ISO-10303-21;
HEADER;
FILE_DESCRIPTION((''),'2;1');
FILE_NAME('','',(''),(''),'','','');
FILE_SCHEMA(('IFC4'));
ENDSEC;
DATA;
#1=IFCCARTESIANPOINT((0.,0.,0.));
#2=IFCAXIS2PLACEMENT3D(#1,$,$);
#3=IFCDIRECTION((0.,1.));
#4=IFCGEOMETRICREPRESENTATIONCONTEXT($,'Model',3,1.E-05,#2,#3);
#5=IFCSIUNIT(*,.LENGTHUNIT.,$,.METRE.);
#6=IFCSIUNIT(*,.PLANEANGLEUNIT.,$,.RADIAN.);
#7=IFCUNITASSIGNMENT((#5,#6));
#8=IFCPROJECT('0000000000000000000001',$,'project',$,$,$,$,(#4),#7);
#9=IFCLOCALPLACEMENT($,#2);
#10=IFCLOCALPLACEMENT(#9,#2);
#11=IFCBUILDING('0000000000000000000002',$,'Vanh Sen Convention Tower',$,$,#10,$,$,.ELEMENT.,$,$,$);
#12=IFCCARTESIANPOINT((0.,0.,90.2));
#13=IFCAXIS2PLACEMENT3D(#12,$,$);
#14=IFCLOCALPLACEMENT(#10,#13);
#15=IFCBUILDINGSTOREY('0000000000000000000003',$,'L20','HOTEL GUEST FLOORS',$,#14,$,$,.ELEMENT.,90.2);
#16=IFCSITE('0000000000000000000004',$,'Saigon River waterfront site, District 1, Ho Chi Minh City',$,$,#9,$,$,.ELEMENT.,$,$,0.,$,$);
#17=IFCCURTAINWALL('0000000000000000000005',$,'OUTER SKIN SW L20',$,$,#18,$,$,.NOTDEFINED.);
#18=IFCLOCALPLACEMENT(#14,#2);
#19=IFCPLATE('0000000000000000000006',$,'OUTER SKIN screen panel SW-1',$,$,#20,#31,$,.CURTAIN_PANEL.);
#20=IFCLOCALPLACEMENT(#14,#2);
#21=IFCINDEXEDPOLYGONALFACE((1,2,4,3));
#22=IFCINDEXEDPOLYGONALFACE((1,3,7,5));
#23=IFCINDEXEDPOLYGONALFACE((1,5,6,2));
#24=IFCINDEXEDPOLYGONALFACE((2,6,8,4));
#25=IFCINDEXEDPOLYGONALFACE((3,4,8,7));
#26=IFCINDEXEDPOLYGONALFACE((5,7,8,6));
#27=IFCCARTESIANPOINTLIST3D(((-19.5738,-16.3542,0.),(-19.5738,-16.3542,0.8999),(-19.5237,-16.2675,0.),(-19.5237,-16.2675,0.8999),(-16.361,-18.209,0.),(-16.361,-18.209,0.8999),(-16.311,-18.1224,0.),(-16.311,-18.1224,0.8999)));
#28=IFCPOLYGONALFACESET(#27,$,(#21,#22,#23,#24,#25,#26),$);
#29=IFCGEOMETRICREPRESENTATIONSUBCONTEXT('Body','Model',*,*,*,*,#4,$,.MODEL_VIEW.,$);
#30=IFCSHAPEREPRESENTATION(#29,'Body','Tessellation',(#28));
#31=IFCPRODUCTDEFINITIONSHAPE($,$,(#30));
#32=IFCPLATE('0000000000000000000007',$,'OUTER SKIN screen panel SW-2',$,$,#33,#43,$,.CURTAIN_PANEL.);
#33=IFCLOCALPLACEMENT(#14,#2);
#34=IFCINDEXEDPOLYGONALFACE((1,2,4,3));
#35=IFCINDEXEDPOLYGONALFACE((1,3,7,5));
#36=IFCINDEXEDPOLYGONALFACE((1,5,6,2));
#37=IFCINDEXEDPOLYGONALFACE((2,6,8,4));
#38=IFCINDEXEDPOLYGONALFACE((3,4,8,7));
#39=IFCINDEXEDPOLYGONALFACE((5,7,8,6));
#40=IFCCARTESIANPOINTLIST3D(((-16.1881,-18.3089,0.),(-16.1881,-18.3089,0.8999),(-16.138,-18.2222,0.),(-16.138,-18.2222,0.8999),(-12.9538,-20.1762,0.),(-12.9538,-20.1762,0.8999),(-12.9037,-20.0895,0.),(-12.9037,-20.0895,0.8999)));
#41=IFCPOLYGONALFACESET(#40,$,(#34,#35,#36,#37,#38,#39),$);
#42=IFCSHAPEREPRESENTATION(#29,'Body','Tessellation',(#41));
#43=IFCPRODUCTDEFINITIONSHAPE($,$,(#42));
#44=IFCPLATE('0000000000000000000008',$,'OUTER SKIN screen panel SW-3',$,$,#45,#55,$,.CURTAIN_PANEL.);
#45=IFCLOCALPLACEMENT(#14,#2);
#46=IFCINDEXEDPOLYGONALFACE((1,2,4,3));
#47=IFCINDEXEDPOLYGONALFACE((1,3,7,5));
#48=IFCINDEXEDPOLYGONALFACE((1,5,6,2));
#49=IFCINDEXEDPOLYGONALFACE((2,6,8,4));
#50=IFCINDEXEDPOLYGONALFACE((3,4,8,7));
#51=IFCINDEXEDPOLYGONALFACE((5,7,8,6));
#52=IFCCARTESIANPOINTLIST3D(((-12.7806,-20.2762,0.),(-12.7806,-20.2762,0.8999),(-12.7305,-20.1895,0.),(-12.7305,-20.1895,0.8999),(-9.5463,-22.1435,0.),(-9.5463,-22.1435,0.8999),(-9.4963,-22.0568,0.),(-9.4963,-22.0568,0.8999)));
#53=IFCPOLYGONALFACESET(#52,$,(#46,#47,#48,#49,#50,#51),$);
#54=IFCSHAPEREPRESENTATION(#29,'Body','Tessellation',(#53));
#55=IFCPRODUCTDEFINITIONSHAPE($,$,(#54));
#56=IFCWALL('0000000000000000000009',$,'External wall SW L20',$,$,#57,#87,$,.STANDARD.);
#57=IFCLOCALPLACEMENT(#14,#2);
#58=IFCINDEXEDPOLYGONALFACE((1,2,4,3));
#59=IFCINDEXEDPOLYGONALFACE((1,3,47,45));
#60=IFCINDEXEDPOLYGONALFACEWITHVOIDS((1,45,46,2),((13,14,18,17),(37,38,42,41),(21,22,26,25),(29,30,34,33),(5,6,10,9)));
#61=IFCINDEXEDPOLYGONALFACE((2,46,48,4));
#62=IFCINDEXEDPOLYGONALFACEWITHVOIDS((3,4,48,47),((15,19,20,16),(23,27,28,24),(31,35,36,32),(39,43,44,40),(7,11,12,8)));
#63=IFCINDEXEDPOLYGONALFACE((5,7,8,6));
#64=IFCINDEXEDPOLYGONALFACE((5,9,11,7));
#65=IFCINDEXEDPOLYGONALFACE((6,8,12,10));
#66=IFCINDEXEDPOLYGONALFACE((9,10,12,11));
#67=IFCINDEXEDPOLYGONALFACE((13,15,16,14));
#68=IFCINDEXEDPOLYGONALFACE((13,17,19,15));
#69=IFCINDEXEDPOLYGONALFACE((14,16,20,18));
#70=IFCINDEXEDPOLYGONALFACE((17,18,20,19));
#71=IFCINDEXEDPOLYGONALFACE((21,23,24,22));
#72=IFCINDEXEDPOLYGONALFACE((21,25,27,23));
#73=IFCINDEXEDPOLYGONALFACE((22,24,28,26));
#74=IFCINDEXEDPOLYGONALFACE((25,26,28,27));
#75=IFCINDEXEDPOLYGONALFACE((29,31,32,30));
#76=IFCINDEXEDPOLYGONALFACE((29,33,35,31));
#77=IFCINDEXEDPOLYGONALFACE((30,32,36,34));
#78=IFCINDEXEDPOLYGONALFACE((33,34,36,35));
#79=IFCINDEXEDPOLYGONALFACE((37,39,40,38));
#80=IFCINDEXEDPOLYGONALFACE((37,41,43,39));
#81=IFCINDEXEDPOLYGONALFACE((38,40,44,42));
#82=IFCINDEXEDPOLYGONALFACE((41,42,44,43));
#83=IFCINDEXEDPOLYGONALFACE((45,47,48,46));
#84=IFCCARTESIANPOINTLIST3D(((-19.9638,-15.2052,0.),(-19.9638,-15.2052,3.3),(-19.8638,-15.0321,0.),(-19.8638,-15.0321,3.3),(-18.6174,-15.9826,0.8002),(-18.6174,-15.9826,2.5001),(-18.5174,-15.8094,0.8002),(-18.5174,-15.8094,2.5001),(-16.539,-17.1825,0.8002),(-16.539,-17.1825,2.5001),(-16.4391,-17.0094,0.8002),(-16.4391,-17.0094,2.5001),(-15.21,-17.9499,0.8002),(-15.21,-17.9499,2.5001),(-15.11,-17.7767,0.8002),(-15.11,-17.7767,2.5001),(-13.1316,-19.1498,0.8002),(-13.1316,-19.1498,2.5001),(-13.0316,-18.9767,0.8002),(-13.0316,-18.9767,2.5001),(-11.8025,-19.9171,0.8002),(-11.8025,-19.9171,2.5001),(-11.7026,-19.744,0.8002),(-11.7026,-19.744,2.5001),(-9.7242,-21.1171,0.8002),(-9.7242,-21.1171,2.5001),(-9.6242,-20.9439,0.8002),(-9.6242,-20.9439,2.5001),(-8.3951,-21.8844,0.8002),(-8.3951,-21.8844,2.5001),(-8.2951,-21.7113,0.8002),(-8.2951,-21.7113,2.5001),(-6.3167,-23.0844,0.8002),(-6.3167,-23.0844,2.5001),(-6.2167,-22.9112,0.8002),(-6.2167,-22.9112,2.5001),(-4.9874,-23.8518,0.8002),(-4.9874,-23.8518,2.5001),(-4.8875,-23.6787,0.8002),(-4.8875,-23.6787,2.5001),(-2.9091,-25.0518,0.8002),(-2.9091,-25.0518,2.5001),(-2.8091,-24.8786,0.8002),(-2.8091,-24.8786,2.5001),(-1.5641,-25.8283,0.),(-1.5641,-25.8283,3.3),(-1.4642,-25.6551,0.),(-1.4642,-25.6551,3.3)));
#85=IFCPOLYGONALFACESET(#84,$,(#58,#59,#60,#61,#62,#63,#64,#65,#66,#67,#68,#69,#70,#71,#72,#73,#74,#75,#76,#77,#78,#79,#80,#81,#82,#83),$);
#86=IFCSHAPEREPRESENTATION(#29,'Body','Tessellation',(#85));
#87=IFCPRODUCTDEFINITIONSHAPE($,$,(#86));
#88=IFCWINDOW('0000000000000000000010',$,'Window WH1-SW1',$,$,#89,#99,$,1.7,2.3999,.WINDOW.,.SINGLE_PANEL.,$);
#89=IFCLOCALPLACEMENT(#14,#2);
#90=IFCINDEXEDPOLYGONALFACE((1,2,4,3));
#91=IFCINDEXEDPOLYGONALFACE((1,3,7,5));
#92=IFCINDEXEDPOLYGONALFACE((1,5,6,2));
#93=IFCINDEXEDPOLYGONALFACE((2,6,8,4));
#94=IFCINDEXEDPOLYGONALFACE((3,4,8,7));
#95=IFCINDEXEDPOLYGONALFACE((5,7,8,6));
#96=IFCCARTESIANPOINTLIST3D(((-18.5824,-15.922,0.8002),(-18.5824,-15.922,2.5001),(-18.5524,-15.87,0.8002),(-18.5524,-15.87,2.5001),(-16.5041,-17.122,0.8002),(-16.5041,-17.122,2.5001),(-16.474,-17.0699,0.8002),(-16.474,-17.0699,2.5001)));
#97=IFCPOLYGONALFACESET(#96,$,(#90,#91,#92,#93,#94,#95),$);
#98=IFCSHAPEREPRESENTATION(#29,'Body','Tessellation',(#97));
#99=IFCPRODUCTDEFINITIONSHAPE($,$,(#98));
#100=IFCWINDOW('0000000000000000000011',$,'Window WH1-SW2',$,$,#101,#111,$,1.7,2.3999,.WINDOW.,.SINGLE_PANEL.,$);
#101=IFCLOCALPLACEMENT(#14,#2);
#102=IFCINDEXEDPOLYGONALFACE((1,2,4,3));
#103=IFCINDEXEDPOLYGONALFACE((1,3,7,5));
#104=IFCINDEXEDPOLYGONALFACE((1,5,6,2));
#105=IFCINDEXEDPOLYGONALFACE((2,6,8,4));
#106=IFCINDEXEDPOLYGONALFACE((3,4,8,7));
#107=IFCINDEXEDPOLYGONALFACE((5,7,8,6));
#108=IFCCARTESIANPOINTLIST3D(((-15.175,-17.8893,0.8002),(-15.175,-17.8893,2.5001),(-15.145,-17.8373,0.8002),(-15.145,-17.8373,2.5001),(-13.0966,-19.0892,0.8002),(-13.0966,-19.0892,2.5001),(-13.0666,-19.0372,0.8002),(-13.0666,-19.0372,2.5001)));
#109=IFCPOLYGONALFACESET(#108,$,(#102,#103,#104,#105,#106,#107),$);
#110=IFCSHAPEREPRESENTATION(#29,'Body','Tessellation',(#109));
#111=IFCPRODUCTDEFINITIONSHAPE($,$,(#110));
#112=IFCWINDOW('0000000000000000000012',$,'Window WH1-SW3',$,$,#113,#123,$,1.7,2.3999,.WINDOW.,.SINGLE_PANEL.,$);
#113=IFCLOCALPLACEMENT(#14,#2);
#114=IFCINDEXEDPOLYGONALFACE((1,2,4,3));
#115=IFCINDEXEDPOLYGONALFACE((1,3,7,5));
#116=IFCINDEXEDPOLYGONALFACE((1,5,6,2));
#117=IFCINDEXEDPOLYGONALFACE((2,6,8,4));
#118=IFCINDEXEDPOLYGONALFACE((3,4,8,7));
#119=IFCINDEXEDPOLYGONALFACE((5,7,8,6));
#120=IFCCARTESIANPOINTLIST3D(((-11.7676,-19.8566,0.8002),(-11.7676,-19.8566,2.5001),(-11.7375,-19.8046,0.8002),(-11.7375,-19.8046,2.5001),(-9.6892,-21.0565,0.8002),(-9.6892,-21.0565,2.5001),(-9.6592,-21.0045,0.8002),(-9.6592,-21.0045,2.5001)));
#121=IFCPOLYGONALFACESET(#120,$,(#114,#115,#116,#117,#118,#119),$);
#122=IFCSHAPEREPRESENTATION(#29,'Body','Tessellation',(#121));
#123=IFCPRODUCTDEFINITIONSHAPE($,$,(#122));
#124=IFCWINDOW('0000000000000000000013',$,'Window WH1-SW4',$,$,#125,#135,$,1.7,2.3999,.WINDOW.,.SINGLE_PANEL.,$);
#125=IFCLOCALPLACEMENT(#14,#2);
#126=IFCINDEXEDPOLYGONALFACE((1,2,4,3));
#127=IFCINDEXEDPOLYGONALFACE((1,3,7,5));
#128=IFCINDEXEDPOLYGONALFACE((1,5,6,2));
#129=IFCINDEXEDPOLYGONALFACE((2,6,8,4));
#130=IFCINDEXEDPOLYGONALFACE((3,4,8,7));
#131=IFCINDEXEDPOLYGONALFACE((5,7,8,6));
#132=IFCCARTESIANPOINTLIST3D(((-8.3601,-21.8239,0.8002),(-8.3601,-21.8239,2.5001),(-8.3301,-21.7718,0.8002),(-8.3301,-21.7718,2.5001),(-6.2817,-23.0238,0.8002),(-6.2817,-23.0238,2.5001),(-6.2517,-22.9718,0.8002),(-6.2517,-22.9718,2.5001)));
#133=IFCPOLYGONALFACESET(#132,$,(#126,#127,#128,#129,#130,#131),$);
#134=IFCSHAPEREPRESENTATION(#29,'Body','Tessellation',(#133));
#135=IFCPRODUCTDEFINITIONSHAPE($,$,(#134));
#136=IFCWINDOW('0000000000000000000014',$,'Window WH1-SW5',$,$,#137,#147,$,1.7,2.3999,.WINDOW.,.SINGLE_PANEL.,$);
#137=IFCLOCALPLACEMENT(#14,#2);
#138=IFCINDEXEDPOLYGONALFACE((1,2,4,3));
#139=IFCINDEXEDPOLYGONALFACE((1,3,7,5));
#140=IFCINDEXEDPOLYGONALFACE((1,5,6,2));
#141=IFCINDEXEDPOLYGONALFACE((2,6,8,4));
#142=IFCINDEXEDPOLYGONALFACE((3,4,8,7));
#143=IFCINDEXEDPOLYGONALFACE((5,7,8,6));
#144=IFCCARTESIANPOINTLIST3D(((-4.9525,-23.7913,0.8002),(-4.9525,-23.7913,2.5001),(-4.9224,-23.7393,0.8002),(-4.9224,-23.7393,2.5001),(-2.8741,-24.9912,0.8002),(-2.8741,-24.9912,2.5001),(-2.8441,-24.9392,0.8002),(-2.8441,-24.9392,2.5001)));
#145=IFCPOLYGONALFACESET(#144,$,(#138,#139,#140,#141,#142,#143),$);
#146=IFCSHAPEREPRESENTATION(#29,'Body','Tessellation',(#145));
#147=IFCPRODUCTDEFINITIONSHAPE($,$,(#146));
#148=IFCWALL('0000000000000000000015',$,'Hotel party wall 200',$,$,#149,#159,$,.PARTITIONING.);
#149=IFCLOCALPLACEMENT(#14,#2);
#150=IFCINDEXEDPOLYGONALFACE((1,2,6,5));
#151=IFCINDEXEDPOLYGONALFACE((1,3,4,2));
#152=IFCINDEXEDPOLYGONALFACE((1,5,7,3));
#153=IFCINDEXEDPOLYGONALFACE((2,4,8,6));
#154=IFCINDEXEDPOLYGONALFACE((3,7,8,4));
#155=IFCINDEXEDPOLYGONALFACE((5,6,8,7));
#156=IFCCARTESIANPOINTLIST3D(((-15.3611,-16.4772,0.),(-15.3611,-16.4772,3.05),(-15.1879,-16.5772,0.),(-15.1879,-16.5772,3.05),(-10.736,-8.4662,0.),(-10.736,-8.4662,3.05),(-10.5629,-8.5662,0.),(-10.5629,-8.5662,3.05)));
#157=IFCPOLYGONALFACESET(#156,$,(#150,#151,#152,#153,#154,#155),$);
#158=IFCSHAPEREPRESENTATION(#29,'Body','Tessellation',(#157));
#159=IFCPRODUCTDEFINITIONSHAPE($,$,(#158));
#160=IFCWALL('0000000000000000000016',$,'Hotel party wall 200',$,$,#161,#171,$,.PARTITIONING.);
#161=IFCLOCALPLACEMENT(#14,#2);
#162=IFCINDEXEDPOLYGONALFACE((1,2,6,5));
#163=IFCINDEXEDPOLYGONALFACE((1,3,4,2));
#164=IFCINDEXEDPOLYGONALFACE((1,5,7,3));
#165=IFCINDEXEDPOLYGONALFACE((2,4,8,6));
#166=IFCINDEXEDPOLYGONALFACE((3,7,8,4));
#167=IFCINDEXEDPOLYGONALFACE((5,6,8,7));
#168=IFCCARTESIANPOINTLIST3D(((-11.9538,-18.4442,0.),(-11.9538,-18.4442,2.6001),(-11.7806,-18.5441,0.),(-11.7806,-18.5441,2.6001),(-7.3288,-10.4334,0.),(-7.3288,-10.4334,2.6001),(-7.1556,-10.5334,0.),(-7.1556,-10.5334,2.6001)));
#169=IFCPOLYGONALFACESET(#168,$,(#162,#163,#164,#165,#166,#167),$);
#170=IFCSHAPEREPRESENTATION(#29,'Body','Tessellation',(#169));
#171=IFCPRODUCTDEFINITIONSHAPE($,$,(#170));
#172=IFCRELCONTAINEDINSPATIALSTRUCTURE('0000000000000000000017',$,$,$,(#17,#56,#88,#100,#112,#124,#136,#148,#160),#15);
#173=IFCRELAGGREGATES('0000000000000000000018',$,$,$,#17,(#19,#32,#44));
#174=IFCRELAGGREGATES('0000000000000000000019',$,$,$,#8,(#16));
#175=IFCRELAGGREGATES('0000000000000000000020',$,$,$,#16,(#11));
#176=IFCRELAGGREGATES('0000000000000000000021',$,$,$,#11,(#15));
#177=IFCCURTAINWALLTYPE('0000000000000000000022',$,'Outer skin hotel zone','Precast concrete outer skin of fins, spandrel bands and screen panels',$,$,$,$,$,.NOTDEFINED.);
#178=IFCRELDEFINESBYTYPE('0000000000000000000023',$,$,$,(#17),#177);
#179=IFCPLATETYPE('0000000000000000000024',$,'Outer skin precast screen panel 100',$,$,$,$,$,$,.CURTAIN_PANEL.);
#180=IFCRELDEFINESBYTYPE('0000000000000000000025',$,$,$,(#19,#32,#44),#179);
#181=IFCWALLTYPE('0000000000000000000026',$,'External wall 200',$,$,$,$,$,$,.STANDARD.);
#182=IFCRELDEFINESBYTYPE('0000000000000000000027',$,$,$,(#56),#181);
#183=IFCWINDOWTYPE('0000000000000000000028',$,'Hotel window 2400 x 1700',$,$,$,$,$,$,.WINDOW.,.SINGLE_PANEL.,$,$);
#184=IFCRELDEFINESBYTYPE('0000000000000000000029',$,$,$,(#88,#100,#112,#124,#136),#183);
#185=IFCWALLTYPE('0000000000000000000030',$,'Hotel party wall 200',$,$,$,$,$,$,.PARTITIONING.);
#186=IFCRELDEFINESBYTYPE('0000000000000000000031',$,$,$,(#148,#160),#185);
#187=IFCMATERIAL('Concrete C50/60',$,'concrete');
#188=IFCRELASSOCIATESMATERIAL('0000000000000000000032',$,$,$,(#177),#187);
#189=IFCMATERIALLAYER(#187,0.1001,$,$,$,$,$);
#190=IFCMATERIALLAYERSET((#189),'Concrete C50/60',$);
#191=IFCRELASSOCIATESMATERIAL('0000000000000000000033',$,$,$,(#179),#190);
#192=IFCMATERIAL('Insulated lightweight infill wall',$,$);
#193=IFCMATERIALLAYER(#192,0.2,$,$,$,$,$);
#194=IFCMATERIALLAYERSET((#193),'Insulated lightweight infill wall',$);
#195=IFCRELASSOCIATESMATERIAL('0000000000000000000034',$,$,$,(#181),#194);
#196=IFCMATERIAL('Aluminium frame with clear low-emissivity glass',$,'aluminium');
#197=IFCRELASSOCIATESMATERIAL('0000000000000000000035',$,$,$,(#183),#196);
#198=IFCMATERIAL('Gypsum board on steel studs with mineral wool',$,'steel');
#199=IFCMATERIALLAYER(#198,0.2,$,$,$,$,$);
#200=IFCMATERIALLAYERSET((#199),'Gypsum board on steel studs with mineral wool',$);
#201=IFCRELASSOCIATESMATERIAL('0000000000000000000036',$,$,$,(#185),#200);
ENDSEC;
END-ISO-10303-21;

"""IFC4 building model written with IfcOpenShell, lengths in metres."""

from ifc_helpers import new_model, si_unit, direction, frame, frame_2d, origin, origin_2d, place, context, subcontext, project, spatial, rectangle, extrude, material, layer, layer_set, type_object, element, fill, aggregate, save


model = new_model("IFC4")

# Units and contexts
model_context = context("Model", 3, precision=1e-05, world=origin(), true_north=direction((0.0, 1.0)))
body_context = subcontext(model_context, "Body", "Model", "MODEL_VIEW")
ifc_project = project(units=[si_unit("LENGTHUNIT", "METRE"), si_unit("PLANEANGLEUNIT", "RADIAN")], contexts=[model_context])

# Site, building, storey
site_placement = place(None, origin())
site = spatial("IfcSite", under=ifc_project, at=site_placement, Name="Saigon River waterfront site, District 1, Ho Chi Minh City", CompositionType="ELEMENT", RefElevation=0.0)
building_placement = place(site_placement, origin())
building = spatial("IfcBuilding", under=site, at=building_placement, Name="Vanh Sen Convention Tower", CompositionType="ELEMENT")
storey_placement = place(building_placement, frame((0.0, 0.0, 90.2)))
storey = spatial("IfcBuildingStorey", under=building, at=storey_placement, Name="L20", Description="HOTEL GUEST FLOORS", CompositionType="ELEMENT", Elevation=90.2)

# Curtain wall
ifc_material_1 = material(Name="Concrete C50/60", Category="concrete")
curtain_wall_type = type_object("IfcCurtainWallType", Name="Outer skin hotel zone", Description="Precast concrete outer skin of fins, spandrel bands and screen panels", PredefinedType="NOTDEFINED", material=ifc_material_1)
curtain_wall_1_placement = place(storey_placement, origin())
curtain_wall_1 = element("IfcCurtainWall", 1, at=curtain_wall_1_placement, inside=storey, type_object=curtain_wall_type, Name="OUTER SKIN SW L20", PredefinedType="NOTDEFINED")

# Shared definitions
ifc_layer_1 = layer(ifc_material_1, 0.1001)
ifc_layer_set_1 = layer_set([ifc_layer_1], Name="Concrete C50/60")
plate_type = type_object("IfcPlateType", Name="Outer skin precast screen panel 100", PredefinedType="CURTAIN_PANEL", material=ifc_layer_set_1)

# Plates
plate_1_placement = place(storey_placement, frame((-17.9424, -17.2383, 0.0), z_axis=(0.0, 0.0, 1.0), x_axis=(0.866028, -0.499995, 0.0)))
plate_1 = element("IfcPlate", 2, at=plate_1_placement, type_object=plate_type, Name="OUTER SKIN screen panel SW-1", PredefinedType="CURTAIN_PANEL", context=body_context, shape_type="SweptSolid", body=[
    extrude(rectangle(XDim=3.7097, YDim=0.1001, at=origin_2d()), origin(), (0.0, 0.0, 1.0), 0.8999),
])
plate_2_placement = place(storey_placement, frame((-14.5459, -19.1992, 0.0), z_axis=(0.0, 0.0, 1.0), x_axis=(0.866032, -0.499988, 0.0)))
plate_2 = element("IfcPlate", 3, at=plate_2_placement, type_object=plate_type, Name="OUTER SKIN screen panel SW-2", PredefinedType="CURTAIN_PANEL", context=body_context, shape_type="SweptSolid", body=[
    extrude(rectangle(XDim=3.7346, YDim=0.1001, at=origin_2d()), origin(), (0.0, 0.0, 1.0), 0.8999),
])
plate_3_placement = place(storey_placement, frame((-11.1384, -21.1665, 0.0), z_axis=(0.0, 0.0, 1.0), x_axis=(0.866028, -0.499995, 0.0)))
plate_3 = element("IfcPlate", 4, at=plate_3_placement, type_object=plate_type, Name="OUTER SKIN screen panel SW-3", PredefinedType="CURTAIN_PANEL", context=body_context, shape_type="SweptSolid", body=[
    extrude(rectangle(XDim=3.7346, YDim=0.1001, at=origin_2d()), origin(), (0.0, 0.0, 1.0), 0.8999),
])
aggregate(curtain_wall_1, [plate_1, plate_2, plate_3])

# Wall, openings, windows
ifc_material_2 = material(Name="Insulated lightweight infill wall")
ifc_layer_2 = layer(ifc_material_2, 0.2)
ifc_layer_set_2 = layer_set([ifc_layer_2], Name="Insulated lightweight infill wall")
wall_type_1 = type_object("IfcWallType", Name="External wall 200", PredefinedType="STANDARD", material=ifc_layer_set_2)
wall_1_placement = place(storey_placement, frame((-19.9138, -15.1187, 0.0), z_axis=(0.0, 0.0, 1.0), x_axis=(0.866025, -0.5, 0.0)))
wall_1 = element("IfcWall", 5, at=wall_1_placement, inside=storey, type_object=wall_type_1, Name="External wall SW L20", PredefinedType="STANDARD", context=body_context, shape_type="SweptSolid", body=[
    extrude(rectangle(XDim=21.2461, YDim=0.2, at=frame_2d((10.623, 0.0))), origin(), (0.0, 0.0, 1.0), 3.3),
])
opening_1_placement = place(wall_1_placement, frame((1.5547, 0.0, 0.8)))
opening_1 = element("IfcOpeningElement", 6, at=opening_1_placement, cuts=wall_1, PredefinedType="OPENING", context=body_context, shape_type="SweptSolid", body=[
    extrude(rectangle(XDim=2.3999, YDim=1.7, at=frame_2d((1.2, 0.8501))), frame((0.0, 0.1099, 0.0), z_axis=(0.0, -1.0, 0.0), x_axis=(1.0, 0.0, 0.0)), (0.0, 0.0, 1.0), 0.22),
])
opening_2_placement = place(wall_1_placement, frame((5.4893, 0.0, 0.8)))
opening_2 = element("IfcOpeningElement", 7, at=opening_2_placement, cuts=wall_1, PredefinedType="OPENING", context=body_context, shape_type="SweptSolid", body=[
    extrude(rectangle(XDim=2.3999, YDim=1.7, at=frame_2d((1.2, 0.8501))), frame((0.0, 0.1099, 0.0), z_axis=(0.0, -1.0, 0.0), x_axis=(1.0, 0.0, 0.0)), (0.0, 0.0, 1.0), 0.22),
])
opening_3_placement = place(wall_1_placement, frame((9.4238, 0.0, 0.8)))
opening_3 = element("IfcOpeningElement", 8, at=opening_3_placement, cuts=wall_1, PredefinedType="OPENING", context=body_context, shape_type="SweptSolid", body=[
    extrude(rectangle(XDim=2.3999, YDim=1.7, at=frame_2d((1.2, 0.8501))), frame((0.0, 0.1099, 0.0), z_axis=(0.0, -1.0, 0.0), x_axis=(1.0, 0.0, 0.0)), (0.0, 0.0, 1.0), 0.22),
])
opening_4_placement = place(wall_1_placement, frame((13.3584, 0.0, 0.8)))
opening_4 = element("IfcOpeningElement", 9, at=opening_4_placement, cuts=wall_1, PredefinedType="OPENING", context=body_context, shape_type="SweptSolid", body=[
    extrude(rectangle(XDim=2.3999, YDim=1.7, at=frame_2d((1.2, 0.8501))), frame((0.0, 0.1099, 0.0), z_axis=(0.0, -1.0, 0.0), x_axis=(1.0, 0.0, 0.0)), (0.0, 0.0, 1.0), 0.22),
])
opening_5_placement = place(wall_1_placement, frame((17.2932, 0.0, 0.8)))
opening_5 = element("IfcOpeningElement", 10, at=opening_5_placement, cuts=wall_1, PredefinedType="OPENING", context=body_context, shape_type="SweptSolid", body=[
    extrude(rectangle(XDim=2.3999, YDim=1.7, at=frame_2d((1.2, 0.8501))), frame((0.0, 0.1099, 0.0), z_axis=(0.0, -1.0, 0.0), x_axis=(1.0, 0.0, 0.0)), (0.0, 0.0, 1.0), 0.22),
])
ifc_material_3 = material(Name="Aluminium frame with clear low-emissivity glass", Category="aluminium")
window_type = type_object("IfcWindowType", Name="Hotel window 2400 x 1700", PartitioningType="SINGLE_PANEL", PredefinedType="WINDOW", material=ifc_material_3)
window_1_placement = place(opening_1_placement, origin())
window_1 = element("IfcWindow", 11, at=window_1_placement, inside=storey, type_object=window_type, Name="Window WH1-SW1", OverallHeight=1.7, OverallWidth=2.3999, PartitioningType="SINGLE_PANEL", PredefinedType="WINDOW", context=body_context, shape_type="SweptSolid", body=[
    extrude(rectangle(XDim=2.3999, YDim=1.7, at=frame_2d((1.2, 0.8501))), frame((0.0, 0.03, 0.0), z_axis=(0.0, -1.0, 0.0), x_axis=(1.0, 0.0, 0.0)), (0.0, 0.0, 1.0), 0.0601),
])
fill(opening_1, window_1)
window_2_placement = place(opening_2_placement, origin())
window_2 = element("IfcWindow", 12, at=window_2_placement, inside=storey, type_object=window_type, Name="Window WH1-SW2", OverallHeight=1.7, OverallWidth=2.3999, PartitioningType="SINGLE_PANEL", PredefinedType="WINDOW", context=body_context, shape_type="SweptSolid", body=[
    extrude(rectangle(XDim=2.3999, YDim=1.7, at=frame_2d((1.2, 0.8501))), frame((0.0, 0.03, 0.0), z_axis=(0.0, -1.0, 0.0), x_axis=(1.0, 0.0, 0.0)), (0.0, 0.0, 1.0), 0.0601),
])
fill(opening_2, window_2)
window_3_placement = place(opening_3_placement, origin())
window_3 = element("IfcWindow", 13, at=window_3_placement, inside=storey, type_object=window_type, Name="Window WH1-SW3", OverallHeight=1.7, OverallWidth=2.3999, PartitioningType="SINGLE_PANEL", PredefinedType="WINDOW", context=body_context, shape_type="SweptSolid", body=[
    extrude(rectangle(XDim=2.3999, YDim=1.7, at=frame_2d((1.2, 0.8501))), frame((0.0, 0.03, 0.0), z_axis=(0.0, -1.0, 0.0), x_axis=(1.0, 0.0, 0.0)), (0.0, 0.0, 1.0), 0.0601),
])
fill(opening_3, window_3)
window_4_placement = place(opening_4_placement, origin())
window_4 = element("IfcWindow", 14, at=window_4_placement, inside=storey, type_object=window_type, Name="Window WH1-SW4", OverallHeight=1.7, OverallWidth=2.3999, PartitioningType="SINGLE_PANEL", PredefinedType="WINDOW", context=body_context, shape_type="SweptSolid", body=[
    extrude(rectangle(XDim=2.3999, YDim=1.7, at=frame_2d((1.2, 0.8501))), frame((0.0, 0.03, 0.0), z_axis=(0.0, -1.0, 0.0), x_axis=(1.0, 0.0, 0.0)), (0.0, 0.0, 1.0), 0.0601),
])
fill(opening_4, window_4)
window_5_placement = place(opening_5_placement, origin())
window_5 = element("IfcWindow", 15, at=window_5_placement, inside=storey, type_object=window_type, Name="Window WH1-SW5", OverallHeight=1.7, OverallWidth=2.3999, PartitioningType="SINGLE_PANEL", PredefinedType="WINDOW", context=body_context, shape_type="SweptSolid", body=[
    extrude(rectangle(XDim=2.3999, YDim=1.7, at=frame_2d((1.2, 0.8501))), frame((0.0, 0.03, 0.0), z_axis=(0.0, -1.0, 0.0), x_axis=(1.0, 0.0, 0.0)), (0.0, 0.0, 1.0), 0.0601),
])
fill(opening_5, window_5)

# Walls
ifc_material_4 = material(Name="Gypsum board on steel studs with mineral wool", Category="steel")
ifc_layer_3 = layer(ifc_material_4, 0.2)
ifc_layer_set_3 = layer_set([ifc_layer_3], Name="Gypsum board on steel studs with mineral wool")
wall_type_2 = type_object("IfcWallType", Name="Hotel party wall 200", PredefinedType="PARTITIONING", material=ifc_layer_set_3)
wall_2_placement = place(storey_placement, frame((-15.2744, -16.5271, 0.0), z_axis=(0.0, 0.0, 1.0), x_axis=(0.499988, 0.866032, 0.0)))
element("IfcWall", 16, at=wall_2_placement, inside=storey, type_object=wall_type_2, Name="Hotel party wall 200", PredefinedType="PARTITIONING", context=body_context, shape_type="SweptSolid", body=[
    extrude(rectangle(XDim=9.2502, YDim=0.2, at=frame_2d((4.625, 0.0))), origin(), (0.0, 0.0, 1.0), 3.05),
])
wall_3_placement = place(storey_placement, frame((-11.8672, -18.4941, 0.0), z_axis=(0.0, 0.0, 1.0), x_axis=(0.5, 0.866026, 0.0)))
element("IfcWall", 17, at=wall_3_placement, inside=storey, type_object=wall_type_2, Name="Hotel party wall 200", PredefinedType="PARTITIONING", context=body_context, shape_type="SweptSolid", body=[
    extrude(rectangle(XDim=9.25, YDim=0.2, at=frame_2d((4.625, 0.0))), origin(), (0.0, 0.0, 1.0), 2.6001),
])

save(model, "model.ifc")
